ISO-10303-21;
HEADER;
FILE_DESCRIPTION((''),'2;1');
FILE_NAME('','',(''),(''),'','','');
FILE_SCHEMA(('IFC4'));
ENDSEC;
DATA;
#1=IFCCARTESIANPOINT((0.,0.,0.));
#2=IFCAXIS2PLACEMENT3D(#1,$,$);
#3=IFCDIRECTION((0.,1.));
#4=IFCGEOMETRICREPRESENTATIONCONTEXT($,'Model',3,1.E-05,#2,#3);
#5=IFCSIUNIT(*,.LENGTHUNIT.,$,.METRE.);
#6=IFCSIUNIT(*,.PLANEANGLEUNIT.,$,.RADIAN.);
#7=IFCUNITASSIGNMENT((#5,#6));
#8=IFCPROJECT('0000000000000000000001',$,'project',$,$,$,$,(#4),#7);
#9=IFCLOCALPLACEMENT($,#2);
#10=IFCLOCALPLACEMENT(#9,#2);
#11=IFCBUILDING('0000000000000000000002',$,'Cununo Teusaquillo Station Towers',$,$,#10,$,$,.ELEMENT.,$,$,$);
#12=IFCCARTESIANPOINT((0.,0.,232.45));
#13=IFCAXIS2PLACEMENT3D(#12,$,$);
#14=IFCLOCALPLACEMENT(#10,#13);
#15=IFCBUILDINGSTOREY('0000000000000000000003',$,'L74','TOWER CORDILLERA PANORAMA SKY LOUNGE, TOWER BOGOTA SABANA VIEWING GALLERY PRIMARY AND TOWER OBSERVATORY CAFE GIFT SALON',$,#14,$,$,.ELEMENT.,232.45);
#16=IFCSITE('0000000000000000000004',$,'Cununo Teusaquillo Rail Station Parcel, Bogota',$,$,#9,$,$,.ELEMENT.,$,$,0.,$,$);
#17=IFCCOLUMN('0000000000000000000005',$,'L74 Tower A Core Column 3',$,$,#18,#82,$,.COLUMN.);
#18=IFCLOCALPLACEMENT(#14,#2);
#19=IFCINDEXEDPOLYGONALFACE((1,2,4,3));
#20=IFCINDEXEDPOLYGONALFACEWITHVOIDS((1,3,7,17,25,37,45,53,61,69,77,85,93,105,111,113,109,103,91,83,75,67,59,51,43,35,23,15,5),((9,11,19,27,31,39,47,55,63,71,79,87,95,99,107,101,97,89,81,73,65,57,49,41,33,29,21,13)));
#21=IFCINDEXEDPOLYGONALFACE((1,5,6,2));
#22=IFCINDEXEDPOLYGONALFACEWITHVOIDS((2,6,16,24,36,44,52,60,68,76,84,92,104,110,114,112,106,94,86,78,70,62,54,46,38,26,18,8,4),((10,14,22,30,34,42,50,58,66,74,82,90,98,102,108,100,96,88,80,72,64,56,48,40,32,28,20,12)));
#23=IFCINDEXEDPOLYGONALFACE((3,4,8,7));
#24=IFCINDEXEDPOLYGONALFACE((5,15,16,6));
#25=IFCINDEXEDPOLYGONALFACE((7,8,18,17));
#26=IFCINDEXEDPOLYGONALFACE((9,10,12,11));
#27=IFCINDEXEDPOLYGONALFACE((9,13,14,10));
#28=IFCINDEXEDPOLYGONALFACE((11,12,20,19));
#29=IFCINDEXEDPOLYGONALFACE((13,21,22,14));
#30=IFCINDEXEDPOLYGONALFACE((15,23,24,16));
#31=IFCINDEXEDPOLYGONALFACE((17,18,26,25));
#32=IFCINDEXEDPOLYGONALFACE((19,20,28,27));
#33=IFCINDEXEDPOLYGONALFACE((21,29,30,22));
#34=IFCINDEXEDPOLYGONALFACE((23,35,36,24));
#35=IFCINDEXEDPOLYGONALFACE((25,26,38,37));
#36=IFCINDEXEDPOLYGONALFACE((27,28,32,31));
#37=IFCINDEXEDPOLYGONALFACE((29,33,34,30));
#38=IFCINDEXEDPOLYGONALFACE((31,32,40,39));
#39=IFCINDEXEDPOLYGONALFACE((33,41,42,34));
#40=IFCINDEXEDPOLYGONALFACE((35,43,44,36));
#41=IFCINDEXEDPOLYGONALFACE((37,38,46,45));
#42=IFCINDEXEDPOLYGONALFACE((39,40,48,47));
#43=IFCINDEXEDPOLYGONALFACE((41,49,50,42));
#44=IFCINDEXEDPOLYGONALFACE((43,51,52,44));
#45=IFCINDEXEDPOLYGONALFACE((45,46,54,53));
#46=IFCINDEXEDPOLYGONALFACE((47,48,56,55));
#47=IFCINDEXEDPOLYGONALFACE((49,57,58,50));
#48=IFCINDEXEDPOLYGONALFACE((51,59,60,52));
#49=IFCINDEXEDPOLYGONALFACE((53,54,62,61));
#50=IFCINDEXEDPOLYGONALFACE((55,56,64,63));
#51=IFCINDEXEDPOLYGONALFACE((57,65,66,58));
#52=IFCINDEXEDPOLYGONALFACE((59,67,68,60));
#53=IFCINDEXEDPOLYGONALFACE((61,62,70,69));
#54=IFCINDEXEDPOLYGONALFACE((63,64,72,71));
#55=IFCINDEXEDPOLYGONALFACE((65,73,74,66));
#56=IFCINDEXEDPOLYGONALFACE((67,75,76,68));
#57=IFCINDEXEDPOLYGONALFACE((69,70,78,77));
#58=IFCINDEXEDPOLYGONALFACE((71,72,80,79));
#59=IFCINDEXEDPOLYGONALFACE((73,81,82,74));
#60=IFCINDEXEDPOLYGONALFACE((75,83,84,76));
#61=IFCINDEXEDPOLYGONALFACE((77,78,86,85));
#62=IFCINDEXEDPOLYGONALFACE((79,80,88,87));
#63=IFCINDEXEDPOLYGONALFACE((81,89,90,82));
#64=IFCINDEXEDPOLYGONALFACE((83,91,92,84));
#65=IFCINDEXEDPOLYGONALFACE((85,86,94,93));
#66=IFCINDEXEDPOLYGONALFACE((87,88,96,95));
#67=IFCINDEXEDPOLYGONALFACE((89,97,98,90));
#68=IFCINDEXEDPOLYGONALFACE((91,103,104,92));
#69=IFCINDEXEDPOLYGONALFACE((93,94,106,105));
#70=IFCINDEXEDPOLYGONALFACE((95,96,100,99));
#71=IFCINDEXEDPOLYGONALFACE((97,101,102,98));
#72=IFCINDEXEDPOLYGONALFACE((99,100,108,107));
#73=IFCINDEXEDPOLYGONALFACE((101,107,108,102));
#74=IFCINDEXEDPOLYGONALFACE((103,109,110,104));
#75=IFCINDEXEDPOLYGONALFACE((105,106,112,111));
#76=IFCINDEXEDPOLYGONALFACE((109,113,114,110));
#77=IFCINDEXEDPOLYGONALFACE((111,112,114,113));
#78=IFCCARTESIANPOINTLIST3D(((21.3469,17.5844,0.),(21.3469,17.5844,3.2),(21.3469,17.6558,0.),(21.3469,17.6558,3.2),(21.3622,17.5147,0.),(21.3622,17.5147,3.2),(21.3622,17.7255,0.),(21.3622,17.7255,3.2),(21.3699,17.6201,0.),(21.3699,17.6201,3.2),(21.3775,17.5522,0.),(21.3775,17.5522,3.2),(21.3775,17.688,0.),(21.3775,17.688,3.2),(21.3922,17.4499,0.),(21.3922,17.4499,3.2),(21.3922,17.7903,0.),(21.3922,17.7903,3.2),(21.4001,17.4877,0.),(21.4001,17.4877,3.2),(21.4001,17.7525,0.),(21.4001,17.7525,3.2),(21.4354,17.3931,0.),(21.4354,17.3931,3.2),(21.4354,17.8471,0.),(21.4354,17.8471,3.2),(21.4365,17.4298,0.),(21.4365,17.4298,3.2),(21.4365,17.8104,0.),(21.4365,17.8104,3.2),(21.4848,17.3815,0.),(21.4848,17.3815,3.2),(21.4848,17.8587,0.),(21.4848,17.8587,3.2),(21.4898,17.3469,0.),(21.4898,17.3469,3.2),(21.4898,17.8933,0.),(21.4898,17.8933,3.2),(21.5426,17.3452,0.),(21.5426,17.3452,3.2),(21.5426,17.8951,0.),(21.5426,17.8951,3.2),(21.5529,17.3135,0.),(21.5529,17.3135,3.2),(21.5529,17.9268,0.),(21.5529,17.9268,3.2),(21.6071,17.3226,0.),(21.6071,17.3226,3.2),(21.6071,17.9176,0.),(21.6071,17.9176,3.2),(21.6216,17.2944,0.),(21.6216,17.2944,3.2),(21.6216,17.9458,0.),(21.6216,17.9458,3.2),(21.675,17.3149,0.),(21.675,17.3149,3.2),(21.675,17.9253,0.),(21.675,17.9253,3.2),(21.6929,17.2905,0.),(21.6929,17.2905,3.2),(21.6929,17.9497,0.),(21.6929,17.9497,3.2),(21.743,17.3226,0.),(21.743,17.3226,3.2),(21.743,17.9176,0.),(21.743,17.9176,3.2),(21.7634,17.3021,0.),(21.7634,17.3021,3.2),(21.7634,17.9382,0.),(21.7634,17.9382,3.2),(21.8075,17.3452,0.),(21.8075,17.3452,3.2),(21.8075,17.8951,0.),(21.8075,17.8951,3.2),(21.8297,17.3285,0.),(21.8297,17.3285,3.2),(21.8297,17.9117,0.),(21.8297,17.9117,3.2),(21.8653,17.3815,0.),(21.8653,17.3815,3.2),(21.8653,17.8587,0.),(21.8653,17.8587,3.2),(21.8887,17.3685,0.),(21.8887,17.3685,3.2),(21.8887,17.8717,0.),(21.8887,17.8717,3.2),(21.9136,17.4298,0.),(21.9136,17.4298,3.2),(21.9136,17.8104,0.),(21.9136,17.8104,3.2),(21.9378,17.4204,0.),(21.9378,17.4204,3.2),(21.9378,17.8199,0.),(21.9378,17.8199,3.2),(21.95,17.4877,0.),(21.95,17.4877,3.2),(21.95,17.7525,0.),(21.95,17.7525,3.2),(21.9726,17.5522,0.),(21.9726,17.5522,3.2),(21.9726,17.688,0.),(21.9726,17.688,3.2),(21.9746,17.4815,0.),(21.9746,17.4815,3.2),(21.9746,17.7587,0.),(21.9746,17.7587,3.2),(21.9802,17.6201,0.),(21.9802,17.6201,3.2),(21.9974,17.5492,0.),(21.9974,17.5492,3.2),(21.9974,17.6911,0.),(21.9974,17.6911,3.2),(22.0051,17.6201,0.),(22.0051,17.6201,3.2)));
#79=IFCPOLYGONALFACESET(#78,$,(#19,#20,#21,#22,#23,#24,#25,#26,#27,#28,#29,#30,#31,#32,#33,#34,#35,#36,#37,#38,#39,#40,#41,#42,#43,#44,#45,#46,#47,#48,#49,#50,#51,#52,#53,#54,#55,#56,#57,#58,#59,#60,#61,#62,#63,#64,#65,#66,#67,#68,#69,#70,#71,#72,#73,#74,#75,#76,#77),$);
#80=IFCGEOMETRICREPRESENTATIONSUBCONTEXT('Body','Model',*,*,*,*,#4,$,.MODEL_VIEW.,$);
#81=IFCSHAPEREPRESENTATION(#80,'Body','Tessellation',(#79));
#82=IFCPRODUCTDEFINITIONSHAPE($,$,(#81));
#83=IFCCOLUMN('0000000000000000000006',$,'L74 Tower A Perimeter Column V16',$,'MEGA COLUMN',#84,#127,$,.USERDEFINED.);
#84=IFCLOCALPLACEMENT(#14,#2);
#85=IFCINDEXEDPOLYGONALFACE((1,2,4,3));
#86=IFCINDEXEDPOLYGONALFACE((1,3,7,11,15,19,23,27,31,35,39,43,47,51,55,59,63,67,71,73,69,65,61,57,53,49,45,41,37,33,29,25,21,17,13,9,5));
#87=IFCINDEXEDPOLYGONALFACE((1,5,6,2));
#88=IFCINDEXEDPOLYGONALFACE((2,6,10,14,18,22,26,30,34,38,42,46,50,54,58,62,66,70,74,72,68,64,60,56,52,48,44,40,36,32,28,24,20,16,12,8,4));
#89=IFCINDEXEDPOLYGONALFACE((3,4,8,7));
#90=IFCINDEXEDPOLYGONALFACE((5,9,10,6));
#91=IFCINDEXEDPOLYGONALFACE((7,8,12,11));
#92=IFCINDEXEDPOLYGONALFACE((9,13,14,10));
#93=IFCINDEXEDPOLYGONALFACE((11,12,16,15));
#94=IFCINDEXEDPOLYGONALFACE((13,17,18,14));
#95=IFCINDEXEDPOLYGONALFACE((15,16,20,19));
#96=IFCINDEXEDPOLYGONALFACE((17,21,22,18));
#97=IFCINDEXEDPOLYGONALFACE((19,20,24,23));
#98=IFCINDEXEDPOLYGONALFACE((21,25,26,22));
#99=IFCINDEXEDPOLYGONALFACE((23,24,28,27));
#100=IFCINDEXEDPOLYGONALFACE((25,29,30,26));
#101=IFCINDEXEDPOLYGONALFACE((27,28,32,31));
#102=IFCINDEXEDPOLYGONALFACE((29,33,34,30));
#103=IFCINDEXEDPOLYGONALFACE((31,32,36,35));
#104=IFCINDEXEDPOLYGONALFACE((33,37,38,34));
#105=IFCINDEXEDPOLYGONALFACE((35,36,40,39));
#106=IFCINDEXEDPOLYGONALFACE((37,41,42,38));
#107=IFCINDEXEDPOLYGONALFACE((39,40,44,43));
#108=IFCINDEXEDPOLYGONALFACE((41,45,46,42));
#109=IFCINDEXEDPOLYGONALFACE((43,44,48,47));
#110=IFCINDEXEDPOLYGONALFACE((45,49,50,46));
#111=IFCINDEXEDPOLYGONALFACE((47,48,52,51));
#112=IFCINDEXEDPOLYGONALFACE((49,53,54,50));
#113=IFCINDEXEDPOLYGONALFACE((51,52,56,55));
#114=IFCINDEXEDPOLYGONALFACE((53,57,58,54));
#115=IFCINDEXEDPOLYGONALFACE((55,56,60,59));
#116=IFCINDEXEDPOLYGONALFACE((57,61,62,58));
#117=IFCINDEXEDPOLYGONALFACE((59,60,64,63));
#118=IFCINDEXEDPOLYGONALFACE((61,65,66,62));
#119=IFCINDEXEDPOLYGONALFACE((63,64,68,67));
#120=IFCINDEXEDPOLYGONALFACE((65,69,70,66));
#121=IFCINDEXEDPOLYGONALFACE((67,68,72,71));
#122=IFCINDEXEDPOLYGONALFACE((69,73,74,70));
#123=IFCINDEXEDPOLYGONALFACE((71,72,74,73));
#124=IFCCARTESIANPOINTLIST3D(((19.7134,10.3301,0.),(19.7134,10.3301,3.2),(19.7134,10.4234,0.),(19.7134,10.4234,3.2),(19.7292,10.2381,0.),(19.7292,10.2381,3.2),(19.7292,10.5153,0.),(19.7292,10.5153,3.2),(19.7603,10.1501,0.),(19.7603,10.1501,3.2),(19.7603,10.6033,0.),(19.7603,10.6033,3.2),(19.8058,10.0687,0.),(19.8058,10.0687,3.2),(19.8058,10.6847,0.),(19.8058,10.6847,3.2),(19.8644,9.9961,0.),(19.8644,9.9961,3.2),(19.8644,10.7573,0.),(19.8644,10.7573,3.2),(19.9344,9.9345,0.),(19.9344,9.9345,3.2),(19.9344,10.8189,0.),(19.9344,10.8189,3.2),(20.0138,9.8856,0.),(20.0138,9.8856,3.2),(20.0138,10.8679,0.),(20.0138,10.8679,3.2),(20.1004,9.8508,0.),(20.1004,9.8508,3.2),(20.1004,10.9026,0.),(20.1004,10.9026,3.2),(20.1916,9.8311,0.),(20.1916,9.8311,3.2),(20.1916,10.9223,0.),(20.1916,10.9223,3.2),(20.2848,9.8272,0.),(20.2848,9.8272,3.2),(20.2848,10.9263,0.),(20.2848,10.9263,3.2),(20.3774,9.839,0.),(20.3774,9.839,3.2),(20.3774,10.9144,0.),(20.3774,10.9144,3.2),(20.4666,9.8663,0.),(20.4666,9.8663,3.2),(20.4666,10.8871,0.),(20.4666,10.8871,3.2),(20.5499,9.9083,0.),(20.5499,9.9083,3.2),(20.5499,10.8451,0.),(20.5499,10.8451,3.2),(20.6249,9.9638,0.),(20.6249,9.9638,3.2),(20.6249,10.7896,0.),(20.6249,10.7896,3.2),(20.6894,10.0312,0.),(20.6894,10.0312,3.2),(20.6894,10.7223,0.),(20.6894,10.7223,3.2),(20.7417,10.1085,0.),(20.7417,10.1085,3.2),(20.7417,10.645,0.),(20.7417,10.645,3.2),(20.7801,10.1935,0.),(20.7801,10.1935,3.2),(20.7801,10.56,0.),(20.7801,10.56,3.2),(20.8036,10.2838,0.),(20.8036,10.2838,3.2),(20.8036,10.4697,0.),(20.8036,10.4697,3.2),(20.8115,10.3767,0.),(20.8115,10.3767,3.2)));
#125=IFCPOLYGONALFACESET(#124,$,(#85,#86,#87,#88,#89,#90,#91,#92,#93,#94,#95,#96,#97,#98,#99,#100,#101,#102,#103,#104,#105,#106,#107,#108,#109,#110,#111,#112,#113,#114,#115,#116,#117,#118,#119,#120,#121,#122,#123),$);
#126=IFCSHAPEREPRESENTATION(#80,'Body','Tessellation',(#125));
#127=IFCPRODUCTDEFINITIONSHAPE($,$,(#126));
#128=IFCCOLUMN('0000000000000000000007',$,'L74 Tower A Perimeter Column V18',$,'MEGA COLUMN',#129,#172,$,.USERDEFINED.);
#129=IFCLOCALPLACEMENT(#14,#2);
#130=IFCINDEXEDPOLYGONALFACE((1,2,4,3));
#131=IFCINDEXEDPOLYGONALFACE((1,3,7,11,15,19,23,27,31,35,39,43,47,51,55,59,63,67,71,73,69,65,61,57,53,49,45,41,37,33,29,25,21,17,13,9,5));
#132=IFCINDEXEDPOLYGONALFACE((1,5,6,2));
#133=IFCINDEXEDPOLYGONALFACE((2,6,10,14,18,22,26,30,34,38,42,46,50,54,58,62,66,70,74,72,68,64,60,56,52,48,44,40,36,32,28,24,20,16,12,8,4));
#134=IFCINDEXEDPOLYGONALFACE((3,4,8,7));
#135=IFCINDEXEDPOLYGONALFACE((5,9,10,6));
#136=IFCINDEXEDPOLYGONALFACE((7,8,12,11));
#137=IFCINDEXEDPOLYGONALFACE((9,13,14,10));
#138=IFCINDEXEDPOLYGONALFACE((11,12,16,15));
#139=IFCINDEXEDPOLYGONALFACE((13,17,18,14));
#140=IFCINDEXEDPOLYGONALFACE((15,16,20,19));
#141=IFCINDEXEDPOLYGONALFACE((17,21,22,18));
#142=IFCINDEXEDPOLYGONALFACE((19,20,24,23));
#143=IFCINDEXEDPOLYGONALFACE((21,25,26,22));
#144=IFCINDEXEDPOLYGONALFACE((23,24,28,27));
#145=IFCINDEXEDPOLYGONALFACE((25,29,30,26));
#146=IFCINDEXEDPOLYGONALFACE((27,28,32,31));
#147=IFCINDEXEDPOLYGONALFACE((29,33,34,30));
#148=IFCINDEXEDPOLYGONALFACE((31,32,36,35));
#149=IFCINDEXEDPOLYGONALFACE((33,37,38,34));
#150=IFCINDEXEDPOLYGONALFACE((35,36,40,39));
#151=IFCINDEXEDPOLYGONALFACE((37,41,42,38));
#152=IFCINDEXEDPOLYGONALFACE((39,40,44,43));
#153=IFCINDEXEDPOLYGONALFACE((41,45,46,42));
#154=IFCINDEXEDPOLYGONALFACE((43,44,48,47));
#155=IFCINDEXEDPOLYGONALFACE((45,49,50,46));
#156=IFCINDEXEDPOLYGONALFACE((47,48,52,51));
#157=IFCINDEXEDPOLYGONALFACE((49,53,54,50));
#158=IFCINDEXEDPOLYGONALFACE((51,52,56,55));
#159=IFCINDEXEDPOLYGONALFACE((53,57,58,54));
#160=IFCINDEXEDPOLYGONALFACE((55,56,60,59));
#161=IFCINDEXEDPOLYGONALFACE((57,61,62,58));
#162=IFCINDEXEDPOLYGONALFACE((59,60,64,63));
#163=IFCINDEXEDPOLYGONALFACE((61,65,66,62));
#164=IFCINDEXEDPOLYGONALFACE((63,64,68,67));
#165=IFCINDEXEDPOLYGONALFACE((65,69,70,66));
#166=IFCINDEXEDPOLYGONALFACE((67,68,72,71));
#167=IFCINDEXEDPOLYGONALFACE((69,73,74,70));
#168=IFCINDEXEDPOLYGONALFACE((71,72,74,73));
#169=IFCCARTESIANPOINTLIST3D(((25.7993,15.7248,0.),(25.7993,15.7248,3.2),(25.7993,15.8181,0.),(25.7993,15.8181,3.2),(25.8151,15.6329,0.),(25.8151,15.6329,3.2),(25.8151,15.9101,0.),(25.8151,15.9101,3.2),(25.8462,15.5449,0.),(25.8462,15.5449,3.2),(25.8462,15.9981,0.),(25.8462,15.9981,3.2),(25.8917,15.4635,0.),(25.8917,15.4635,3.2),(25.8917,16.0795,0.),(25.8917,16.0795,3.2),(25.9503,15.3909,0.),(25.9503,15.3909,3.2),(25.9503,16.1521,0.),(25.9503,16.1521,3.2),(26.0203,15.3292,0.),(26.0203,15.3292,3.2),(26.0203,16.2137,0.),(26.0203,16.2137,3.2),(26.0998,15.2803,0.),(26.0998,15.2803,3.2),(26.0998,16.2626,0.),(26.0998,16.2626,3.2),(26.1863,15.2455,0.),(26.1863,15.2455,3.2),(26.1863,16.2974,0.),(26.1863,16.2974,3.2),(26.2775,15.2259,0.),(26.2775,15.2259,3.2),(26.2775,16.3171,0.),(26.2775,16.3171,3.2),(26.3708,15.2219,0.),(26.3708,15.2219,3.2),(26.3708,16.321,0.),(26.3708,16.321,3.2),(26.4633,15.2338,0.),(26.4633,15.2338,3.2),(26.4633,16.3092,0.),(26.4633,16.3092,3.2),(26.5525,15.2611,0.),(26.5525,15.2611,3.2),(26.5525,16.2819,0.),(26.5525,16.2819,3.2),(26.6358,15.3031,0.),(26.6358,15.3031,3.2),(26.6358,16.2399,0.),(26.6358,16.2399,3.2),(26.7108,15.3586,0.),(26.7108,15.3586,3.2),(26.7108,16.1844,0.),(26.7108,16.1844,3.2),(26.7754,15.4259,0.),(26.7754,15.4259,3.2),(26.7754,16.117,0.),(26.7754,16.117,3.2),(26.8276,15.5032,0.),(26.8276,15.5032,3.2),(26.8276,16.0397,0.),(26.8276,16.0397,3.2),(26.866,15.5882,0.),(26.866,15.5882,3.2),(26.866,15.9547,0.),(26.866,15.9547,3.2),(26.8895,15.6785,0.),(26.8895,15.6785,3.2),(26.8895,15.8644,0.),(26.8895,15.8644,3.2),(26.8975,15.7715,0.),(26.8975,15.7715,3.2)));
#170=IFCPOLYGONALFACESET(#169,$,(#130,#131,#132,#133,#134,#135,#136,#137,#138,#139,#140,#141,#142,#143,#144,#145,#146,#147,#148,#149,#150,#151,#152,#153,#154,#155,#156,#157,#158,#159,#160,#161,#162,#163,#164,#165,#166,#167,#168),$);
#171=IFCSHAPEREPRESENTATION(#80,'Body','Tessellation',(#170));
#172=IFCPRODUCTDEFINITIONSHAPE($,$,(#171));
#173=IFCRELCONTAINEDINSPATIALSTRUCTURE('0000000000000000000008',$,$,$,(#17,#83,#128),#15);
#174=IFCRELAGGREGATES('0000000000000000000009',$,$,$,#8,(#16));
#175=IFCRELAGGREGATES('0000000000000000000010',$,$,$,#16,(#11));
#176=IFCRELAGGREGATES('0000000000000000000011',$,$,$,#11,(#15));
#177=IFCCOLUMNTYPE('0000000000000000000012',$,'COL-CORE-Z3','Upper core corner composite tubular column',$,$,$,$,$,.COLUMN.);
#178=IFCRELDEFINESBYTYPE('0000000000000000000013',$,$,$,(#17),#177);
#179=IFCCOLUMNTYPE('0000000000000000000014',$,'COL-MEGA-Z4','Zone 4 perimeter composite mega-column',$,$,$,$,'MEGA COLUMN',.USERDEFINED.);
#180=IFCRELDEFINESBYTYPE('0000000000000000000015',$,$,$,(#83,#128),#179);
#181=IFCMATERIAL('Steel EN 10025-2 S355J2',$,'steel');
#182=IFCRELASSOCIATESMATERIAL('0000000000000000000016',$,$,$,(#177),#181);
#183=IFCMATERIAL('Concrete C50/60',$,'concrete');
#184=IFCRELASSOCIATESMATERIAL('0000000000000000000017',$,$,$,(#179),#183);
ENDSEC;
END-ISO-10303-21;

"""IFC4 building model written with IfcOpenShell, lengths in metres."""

from ifc_helpers import new_model, si_unit, direction, frame, origin, origin_2d, place, context, subcontext, project, spatial, circle, hollow_circle, extrude, material, material_profile, profile_set, type_object, element, save


model = new_model("IFC4")

# Units and contexts
model_context = context("Model", 3, precision=1e-05, world=origin(), true_north=direction((0.0, 1.0)))
body_context = subcontext(model_context, "Body", "Model", "MODEL_VIEW")
ifc_project = project(units=[si_unit("LENGTHUNIT", "METRE"), si_unit("PLANEANGLEUNIT", "RADIAN")], contexts=[model_context])

# Site, building, storey
site_placement = place(None, origin())
site = spatial("IfcSite", under=ifc_project, at=site_placement, Name="Cununo Teusaquillo Rail Station Parcel, Bogota", CompositionType="ELEMENT", RefElevation=0.0)
building_placement = place(site_placement, origin())
building = spatial("IfcBuilding", under=site, at=building_placement, Name="Cununo Teusaquillo Station Towers", CompositionType="ELEMENT")
storey_placement = place(building_placement, frame((0.0, 0.0, 232.45)))
storey = spatial("IfcBuildingStorey", under=building, at=storey_placement, Name="L74", Description="TOWER CORDILLERA PANORAMA SKY LOUNGE, TOWER BOGOTA SABANA VIEWING GALLERY PRIMARY AND TOWER OBSERVATORY CAFE GIFT SALON", CompositionType="ELEMENT", Elevation=232.45)

# Columns
ifc_material_1 = material(Name="Steel EN 10025-2 S355J2", Category="steel")
ifc_material_profile_1 = material_profile(ifc_material_1, hollow_circle(Radius=0.3301, WallThickness=0.0249, at=origin_2d()), Name="CHS 660x25")
ifc_profile_set_1 = profile_set([ifc_material_profile_1], Name="Steel EN 10025-2 S355J2")
column_type_1 = type_object("IfcColumnType", Name="COL-CORE-Z3", Description="Upper core corner composite tubular column", PredefinedType="COLUMN", material=ifc_profile_set_1)
column_placement = place(storey_placement, frame((21.675, 17.6201, 0.0), z_axis=(0.0, 0.0, 1.0), x_axis=(1.0, 0.0, 0.0)))
element("IfcColumn", 1, at=column_placement, inside=storey, type_object=column_type_1, Name="L74 Tower A Core Column 3", PredefinedType="COLUMN", context=body_context, shape_type="SweptSolid", body=[
    extrude(hollow_circle(Radius=0.3301, WallThickness=0.0249, at=origin_2d()), origin(), (0.0, 0.0, 1.0), 3.2),
])
ifc_material_2 = material(Name="Concrete C50/60", Category="concrete")
ifc_material_profile_2 = material_profile(ifc_material_2, circle(Radius=0.55, at=origin_2d()), Name="RC-CIRC-1100")
ifc_profile_set_2 = profile_set([ifc_material_profile_2], Name="Concrete C50/60")
column_type_2 = type_object("IfcColumnType", Name="COL-MEGA-Z4", Description="Zone 4 perimeter composite mega-column", ElementType="MEGA COLUMN", PredefinedType="USERDEFINED", material=ifc_profile_set_2)
for number, where, z_axis, x_axis, name in (
    (2, (20.2615, 10.3767, 0.0), (0.0, 0.0, 1.0), (1.0, 0.0, 0.0), "L74 Tower A Perimeter Column V16"),
    (3, (26.3474, 15.7715, 0.0), (0.0, 0.0, 1.0), (1.0, 0.0, 0.0), "L74 Tower A Perimeter Column V18"),
):
    element("IfcColumn", number, at=place(storey_placement, frame(where, z_axis=z_axis, x_axis=x_axis)), inside=storey, type_object=column_type_2, Name=name, ObjectType="MEGA COLUMN", PredefinedType="USERDEFINED", context=body_context, shape_type="SweptSolid", body=[
        extrude(circle(Radius=0.55, at=origin_2d()), origin(), (0.0, 0.0, 1.0), 3.2),
    ])

save(model, "model.ifc")
